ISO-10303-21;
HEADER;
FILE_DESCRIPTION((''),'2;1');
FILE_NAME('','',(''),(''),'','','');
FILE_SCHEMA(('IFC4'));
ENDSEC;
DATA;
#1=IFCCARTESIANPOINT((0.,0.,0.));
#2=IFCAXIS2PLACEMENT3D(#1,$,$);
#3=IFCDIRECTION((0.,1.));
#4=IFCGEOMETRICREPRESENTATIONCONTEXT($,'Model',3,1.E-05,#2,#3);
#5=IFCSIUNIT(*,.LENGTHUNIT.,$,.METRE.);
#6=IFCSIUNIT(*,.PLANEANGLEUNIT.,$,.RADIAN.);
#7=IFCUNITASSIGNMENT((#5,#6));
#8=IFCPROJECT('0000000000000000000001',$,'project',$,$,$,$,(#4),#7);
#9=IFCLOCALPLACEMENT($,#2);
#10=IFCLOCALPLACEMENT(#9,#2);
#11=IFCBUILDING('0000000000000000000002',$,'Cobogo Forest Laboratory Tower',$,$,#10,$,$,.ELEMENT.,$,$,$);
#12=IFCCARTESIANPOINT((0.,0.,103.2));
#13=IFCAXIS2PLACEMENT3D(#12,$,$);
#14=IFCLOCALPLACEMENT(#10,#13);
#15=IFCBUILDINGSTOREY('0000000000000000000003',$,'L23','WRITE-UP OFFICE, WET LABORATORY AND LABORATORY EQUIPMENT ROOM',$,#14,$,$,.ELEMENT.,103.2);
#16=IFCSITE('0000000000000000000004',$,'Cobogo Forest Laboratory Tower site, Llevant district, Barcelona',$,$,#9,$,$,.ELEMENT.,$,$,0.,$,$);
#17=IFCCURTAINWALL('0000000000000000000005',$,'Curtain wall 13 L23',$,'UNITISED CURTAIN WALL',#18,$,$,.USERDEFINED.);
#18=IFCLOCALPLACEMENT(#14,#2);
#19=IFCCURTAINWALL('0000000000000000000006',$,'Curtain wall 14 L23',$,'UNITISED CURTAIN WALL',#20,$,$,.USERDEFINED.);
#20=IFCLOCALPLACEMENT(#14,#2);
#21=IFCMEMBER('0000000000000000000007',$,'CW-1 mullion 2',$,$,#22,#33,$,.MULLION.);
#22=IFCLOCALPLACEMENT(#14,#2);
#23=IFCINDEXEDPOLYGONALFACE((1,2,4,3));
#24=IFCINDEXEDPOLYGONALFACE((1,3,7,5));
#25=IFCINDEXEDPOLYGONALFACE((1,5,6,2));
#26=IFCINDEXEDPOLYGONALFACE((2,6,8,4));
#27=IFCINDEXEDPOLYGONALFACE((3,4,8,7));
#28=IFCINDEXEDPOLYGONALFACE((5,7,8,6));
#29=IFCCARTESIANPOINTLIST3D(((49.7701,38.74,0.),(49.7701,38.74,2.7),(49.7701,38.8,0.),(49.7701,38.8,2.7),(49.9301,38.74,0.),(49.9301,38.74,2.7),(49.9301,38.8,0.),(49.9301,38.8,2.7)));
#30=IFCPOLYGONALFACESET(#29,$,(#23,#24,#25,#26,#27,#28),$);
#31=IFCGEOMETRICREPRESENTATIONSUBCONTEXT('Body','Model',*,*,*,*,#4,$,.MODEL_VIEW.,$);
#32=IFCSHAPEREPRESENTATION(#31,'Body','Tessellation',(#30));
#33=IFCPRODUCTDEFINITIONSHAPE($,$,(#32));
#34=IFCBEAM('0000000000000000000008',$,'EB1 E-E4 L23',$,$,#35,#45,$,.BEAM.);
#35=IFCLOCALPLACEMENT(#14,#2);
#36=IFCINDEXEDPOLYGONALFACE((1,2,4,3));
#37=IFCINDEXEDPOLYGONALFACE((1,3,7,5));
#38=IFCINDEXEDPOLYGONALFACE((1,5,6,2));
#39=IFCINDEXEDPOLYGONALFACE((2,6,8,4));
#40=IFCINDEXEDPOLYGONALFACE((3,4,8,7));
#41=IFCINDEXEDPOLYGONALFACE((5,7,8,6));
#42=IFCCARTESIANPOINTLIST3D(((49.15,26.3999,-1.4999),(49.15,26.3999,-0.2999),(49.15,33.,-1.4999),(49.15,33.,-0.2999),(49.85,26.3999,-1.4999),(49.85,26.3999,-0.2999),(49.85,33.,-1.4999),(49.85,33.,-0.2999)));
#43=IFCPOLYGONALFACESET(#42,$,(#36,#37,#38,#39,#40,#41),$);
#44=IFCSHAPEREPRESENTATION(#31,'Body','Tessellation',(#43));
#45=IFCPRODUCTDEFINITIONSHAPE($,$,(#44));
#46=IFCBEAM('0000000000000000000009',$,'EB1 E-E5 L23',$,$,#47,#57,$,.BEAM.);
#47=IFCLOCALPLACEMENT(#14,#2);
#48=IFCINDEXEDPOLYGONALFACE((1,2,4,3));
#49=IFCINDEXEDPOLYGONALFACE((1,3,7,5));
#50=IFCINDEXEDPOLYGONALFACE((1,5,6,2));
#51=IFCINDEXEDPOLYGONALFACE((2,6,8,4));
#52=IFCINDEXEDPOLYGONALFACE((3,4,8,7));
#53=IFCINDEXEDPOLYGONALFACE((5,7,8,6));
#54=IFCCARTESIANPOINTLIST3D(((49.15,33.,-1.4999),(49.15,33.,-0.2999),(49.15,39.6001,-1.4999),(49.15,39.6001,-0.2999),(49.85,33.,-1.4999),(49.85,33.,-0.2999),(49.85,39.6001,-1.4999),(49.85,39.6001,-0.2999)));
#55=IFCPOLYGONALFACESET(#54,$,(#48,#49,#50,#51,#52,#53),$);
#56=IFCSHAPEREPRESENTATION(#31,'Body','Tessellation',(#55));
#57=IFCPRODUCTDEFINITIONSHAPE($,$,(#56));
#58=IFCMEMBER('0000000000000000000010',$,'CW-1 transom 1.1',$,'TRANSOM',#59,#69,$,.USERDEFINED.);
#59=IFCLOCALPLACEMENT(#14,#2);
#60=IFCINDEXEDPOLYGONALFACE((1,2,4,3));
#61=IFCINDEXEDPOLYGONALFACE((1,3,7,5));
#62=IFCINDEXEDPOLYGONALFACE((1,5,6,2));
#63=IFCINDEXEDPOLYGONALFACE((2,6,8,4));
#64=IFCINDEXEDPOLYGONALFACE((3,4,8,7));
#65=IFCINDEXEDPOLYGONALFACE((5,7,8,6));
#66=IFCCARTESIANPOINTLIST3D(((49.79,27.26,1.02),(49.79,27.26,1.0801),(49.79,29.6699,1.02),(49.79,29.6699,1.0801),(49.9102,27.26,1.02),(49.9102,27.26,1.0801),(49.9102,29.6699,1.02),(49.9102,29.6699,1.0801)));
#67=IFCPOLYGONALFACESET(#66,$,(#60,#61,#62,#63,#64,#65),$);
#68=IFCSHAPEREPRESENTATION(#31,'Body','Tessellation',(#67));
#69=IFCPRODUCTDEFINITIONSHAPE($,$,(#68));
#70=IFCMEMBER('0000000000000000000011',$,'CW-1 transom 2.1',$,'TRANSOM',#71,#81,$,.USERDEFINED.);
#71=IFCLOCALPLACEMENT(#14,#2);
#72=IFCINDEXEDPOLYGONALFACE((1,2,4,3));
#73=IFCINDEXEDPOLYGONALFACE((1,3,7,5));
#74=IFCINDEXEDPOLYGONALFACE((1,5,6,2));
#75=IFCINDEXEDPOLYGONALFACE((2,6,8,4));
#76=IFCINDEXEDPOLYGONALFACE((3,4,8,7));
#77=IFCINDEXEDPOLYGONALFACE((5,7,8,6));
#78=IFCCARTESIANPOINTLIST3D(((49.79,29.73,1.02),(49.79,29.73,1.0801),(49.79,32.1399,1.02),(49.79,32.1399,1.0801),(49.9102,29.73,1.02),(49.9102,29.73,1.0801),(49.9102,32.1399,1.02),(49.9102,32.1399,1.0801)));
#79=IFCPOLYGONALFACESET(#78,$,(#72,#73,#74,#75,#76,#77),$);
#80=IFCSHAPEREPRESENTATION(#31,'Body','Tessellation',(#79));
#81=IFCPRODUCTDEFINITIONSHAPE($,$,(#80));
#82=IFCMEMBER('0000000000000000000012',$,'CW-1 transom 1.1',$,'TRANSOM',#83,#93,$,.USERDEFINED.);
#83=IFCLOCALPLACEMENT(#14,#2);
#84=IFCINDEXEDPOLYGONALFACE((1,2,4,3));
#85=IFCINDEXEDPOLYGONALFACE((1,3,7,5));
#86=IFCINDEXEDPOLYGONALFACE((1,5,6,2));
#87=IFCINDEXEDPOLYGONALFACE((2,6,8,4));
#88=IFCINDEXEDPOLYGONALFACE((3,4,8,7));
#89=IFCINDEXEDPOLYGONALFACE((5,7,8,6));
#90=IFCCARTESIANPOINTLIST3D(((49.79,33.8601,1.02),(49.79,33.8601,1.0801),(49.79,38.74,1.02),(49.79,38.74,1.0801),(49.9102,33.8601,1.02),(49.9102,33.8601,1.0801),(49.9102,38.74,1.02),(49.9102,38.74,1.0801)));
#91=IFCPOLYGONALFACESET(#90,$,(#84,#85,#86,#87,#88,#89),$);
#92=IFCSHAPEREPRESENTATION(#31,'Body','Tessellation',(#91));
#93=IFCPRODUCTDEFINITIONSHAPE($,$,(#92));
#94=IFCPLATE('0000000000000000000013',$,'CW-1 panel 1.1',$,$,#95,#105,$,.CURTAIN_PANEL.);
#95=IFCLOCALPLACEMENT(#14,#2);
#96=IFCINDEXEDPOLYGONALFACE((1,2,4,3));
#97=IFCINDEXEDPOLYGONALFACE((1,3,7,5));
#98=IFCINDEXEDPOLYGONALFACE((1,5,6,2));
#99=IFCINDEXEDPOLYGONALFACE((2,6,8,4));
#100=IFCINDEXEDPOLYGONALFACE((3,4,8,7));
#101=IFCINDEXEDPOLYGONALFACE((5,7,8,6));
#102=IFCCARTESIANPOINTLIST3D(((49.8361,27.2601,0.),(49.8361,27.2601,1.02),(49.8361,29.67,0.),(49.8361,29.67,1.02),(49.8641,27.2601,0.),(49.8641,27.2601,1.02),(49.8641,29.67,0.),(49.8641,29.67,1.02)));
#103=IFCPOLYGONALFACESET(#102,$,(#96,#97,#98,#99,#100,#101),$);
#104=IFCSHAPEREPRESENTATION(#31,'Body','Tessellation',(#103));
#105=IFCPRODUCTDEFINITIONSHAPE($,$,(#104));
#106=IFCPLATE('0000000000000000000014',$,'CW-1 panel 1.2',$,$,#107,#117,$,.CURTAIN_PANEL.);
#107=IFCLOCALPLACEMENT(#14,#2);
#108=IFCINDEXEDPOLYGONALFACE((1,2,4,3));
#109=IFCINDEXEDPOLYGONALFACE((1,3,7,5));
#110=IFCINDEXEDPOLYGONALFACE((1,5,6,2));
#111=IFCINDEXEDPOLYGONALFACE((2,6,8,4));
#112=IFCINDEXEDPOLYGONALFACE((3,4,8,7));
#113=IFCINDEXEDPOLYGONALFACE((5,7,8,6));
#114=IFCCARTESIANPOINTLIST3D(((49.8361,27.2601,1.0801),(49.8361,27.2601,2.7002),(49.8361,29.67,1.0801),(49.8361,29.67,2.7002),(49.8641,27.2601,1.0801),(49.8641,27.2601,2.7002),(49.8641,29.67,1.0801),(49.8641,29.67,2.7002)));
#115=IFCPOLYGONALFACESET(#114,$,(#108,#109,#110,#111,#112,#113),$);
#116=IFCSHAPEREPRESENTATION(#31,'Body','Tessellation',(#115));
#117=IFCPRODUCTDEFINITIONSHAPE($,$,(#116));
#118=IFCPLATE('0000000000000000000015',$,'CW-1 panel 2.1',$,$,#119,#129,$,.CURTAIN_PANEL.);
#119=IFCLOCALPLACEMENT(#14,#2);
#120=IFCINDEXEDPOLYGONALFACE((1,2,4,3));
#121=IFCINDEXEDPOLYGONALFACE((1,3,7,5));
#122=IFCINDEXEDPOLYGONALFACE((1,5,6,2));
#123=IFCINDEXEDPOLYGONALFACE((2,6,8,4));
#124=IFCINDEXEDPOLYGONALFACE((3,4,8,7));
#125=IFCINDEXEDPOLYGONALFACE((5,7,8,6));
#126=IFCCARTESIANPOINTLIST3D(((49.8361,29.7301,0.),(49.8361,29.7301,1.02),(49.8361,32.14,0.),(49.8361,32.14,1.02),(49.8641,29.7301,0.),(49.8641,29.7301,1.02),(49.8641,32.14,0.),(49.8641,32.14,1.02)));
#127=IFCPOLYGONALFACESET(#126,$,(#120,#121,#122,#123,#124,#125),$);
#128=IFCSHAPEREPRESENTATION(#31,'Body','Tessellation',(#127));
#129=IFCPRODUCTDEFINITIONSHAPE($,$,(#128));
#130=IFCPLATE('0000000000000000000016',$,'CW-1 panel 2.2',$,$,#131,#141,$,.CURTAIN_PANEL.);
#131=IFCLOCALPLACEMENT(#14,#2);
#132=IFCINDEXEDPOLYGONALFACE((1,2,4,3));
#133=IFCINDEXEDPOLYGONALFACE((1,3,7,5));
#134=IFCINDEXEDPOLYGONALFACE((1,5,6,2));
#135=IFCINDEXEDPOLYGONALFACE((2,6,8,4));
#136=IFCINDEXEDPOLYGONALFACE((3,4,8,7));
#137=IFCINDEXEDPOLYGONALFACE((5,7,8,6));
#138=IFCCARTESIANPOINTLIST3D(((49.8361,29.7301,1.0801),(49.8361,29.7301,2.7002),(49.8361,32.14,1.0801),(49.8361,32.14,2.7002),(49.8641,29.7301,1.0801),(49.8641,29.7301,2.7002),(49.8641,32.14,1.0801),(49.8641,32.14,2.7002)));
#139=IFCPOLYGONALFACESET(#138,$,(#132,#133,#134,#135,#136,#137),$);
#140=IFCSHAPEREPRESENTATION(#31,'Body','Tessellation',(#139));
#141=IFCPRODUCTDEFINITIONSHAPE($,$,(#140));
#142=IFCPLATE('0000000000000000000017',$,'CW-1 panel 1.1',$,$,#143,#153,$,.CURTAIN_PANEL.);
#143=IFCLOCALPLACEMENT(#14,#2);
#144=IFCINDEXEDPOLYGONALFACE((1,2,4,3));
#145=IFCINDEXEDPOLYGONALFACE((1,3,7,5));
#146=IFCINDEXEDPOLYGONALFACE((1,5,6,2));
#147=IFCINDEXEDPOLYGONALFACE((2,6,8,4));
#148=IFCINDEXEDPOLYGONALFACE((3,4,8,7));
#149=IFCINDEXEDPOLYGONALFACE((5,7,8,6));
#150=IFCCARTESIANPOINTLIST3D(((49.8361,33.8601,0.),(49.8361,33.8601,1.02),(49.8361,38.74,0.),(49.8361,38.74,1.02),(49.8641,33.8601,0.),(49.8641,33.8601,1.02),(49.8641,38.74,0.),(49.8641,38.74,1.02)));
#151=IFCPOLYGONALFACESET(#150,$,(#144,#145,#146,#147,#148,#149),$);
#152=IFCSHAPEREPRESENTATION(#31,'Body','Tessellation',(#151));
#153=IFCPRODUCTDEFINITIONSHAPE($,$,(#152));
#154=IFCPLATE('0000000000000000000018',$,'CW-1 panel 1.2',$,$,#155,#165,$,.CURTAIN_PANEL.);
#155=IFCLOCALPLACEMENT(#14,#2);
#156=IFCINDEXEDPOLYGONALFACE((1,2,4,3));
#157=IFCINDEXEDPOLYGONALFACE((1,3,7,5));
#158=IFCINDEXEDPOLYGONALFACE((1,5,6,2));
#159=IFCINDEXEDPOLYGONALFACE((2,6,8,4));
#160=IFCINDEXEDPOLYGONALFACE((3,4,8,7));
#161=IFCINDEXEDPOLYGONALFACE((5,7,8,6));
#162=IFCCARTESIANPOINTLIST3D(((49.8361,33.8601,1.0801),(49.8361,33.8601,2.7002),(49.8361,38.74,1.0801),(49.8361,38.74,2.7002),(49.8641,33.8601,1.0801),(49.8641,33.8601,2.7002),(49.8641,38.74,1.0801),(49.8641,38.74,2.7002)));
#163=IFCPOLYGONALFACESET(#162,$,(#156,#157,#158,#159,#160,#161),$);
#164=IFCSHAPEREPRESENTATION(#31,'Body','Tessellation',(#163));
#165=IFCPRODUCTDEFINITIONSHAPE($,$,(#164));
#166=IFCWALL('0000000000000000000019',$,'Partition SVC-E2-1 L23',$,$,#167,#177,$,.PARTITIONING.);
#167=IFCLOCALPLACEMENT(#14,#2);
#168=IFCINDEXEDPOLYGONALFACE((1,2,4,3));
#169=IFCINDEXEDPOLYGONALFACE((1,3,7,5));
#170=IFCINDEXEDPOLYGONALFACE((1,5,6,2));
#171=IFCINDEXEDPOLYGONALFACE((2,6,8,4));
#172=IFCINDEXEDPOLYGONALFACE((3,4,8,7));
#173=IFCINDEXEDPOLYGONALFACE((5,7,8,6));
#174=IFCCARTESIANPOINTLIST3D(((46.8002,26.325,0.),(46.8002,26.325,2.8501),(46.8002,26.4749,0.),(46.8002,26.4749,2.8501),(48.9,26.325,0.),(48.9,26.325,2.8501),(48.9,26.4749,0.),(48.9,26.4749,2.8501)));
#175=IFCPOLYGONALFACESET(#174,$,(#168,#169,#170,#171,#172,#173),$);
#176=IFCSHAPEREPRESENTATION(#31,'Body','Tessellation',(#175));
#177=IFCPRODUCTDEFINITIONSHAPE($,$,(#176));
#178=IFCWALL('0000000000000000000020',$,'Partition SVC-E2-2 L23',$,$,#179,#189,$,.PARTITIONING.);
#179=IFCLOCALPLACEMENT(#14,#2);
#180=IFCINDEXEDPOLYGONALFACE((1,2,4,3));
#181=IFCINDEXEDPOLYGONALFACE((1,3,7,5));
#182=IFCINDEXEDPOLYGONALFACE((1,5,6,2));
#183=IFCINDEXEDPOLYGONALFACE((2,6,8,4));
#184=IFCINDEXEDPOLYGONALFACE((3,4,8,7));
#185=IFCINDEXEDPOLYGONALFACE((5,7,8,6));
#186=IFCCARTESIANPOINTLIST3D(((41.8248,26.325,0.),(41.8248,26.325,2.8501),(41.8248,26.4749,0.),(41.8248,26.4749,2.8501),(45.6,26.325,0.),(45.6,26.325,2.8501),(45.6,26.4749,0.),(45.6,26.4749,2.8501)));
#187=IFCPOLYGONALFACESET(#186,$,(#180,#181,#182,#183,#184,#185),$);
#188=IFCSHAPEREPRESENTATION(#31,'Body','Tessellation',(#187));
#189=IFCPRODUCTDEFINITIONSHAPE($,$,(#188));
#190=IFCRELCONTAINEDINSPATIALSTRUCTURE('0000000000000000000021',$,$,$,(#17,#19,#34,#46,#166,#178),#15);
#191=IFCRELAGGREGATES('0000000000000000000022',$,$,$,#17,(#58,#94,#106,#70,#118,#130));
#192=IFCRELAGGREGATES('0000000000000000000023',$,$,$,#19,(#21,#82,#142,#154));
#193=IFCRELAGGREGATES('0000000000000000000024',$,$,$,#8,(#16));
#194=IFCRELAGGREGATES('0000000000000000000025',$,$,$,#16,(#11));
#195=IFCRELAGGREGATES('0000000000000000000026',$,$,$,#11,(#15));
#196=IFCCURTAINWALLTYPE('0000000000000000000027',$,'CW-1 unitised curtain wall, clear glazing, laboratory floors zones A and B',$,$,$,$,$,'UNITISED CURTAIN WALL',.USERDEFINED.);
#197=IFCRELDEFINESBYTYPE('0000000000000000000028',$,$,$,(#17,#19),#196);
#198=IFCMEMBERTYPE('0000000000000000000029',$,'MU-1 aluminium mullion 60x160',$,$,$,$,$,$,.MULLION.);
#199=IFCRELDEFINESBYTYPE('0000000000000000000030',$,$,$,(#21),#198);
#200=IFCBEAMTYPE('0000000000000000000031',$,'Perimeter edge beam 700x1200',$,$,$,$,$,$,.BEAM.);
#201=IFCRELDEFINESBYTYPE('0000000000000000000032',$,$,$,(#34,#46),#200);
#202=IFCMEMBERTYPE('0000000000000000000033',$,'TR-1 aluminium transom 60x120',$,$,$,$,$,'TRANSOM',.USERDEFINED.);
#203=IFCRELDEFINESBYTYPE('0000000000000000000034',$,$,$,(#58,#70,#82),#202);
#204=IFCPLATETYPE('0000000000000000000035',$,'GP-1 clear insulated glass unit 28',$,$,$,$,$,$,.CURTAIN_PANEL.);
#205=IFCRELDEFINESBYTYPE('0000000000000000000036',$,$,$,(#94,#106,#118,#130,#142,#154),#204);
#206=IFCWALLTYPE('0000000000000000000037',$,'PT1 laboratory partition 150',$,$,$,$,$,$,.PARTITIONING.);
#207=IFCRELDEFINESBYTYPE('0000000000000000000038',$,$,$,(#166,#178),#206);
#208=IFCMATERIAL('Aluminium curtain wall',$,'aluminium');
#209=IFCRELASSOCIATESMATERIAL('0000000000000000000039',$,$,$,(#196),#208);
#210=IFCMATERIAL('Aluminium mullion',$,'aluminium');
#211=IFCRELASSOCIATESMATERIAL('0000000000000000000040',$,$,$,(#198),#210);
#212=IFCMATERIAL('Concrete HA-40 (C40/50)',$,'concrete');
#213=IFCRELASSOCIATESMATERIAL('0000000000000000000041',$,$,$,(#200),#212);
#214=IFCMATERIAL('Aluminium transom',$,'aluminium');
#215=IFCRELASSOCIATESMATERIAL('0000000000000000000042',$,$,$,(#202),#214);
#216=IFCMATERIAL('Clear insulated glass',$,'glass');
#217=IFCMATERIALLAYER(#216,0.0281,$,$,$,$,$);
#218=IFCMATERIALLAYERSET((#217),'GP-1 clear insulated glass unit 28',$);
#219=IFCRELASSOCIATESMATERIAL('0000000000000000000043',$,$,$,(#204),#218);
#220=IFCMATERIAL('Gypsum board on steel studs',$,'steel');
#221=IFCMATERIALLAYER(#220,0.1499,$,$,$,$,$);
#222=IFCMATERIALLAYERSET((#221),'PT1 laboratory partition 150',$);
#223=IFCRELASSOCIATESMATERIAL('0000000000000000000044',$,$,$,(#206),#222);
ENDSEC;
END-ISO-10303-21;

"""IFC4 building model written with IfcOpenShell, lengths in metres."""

from ifc_helpers import new_model, si_unit, direction, frame, frame_2d, origin, origin_2d, place, context, subcontext, project, spatial, rectangle, extrude, material, layer, layer_set, material_profile, profile_set, type_object, element, aggregate, save


model = new_model("IFC4")

# Units and contexts
model_context = context("Model", 3, precision=1e-05, world=origin(), true_north=direction((0.0, 1.0)))
body_context = subcontext(model_context, "Body", "Model", "MODEL_VIEW")
ifc_project = project(units=[si_unit("LENGTHUNIT", "METRE"), si_unit("PLANEANGLEUNIT", "RADIAN")], contexts=[model_context])

# Site, building, storey
site_placement = place(None, origin())
site = spatial("IfcSite", under=ifc_project, at=site_placement, Name="Cobogo Forest Laboratory Tower site, Llevant district, Barcelona", CompositionType="ELEMENT", RefElevation=0.0)
building_placement = place(site_placement, origin())
building = spatial("IfcBuilding", under=site, at=building_placement, Name="Cobogo Forest Laboratory Tower", CompositionType="ELEMENT")
storey_placement = place(building_placement, frame((0.0, 0.0, 103.2)))
storey = spatial("IfcBuildingStorey", under=building, at=storey_placement, Name="L23", Description="WRITE-UP OFFICE, WET LABORATORY AND LABORATORY EQUIPMENT ROOM", CompositionType="ELEMENT", Elevation=103.2)

# Shared definitions
ifc_material_1 = material(Name="Concrete HA-40 (C40/50)", Category="concrete")

# Curtain walls, member
ifc_material_2 = material(Name="Aluminium curtain wall", Category="aluminium")
curtain_wall_type = type_object("IfcCurtainWallType", Name="CW-1 unitised curtain wall, clear glazing, laboratory floors zones A and B", ElementType="UNITISED CURTAIN WALL", PredefinedType="USERDEFINED", material=ifc_material_2)
curtain_wall_1_placement = place(storey_placement, origin())
curtain_wall_1 = element("IfcCurtainWall", 1, at=curtain_wall_1_placement, inside=storey, type_object=curtain_wall_type, Name="Curtain wall 13 L23", ObjectType="UNITISED CURTAIN WALL", PredefinedType="USERDEFINED")
ifc_material_3 = material(Name="Aluminium mullion", Category="aluminium")
ifc_material_profile_1 = material_profile(ifc_material_3, rectangle(XDim=0.0601, YDim=0.1599, at=origin_2d()), Name="AL 60x160")
ifc_profile_set_1 = profile_set([ifc_material_profile_1], Name="Aluminium mullion")
member_type_1 = type_object("IfcMemberType", Name="MU-1 aluminium mullion 60x160", PredefinedType="MULLION", material=ifc_profile_set_1)
curtain_wall_2_placement = place(storey_placement, origin())
curtain_wall_2 = element("IfcCurtainWall", 2, at=curtain_wall_2_placement, inside=storey, type_object=curtain_wall_type, Name="Curtain wall 14 L23", ObjectType="UNITISED CURTAIN WALL", PredefinedType="USERDEFINED")
member_1_placement = place(storey_placement, frame((49.8501, 38.77, 0.0), z_axis=(0.0, 0.0, 1.0), x_axis=(0.0, 1.0, 0.0)))
member_1 = element("IfcMember", 3, at=member_1_placement, type_object=member_type_1, Name="CW-1 mullion 2", PredefinedType="MULLION", context=body_context, shape_type="SweptSolid", body=[
    extrude(rectangle(XDim=0.0601, YDim=0.1599, at=origin_2d()), origin(), (0.0, 0.0, 1.0), 2.7),
])

# Beams
ifc_material_profile_2 = material_profile(ifc_material_1, rectangle(XDim=0.7, YDim=1.2, at=origin_2d()), Name="RC 700x1200")
ifc_profile_set_2 = profile_set([ifc_material_profile_2], Name="Concrete HA-40 (C40/50)")
beam_type_1 = type_object("IfcBeamType", Name="Perimeter edge beam 700x1200", PredefinedType="BEAM", material=ifc_profile_set_2)
for number, where, z_axis, x_axis, name in (
    (4, (49.5, 26.3999, -0.8999), (0.0, 1.0, 0.0), (-1.0, 0.0, 0.0), "EB1 E-E4 L23"),
    (5, (49.5, 33.0, -0.8999), (0.0, 1.0, 0.0), (-1.0, 0.0, 0.0), "EB1 E-E5 L23"),
):
    element("IfcBeam", number, at=place(storey_placement, frame(where, z_axis=z_axis, x_axis=x_axis)), inside=storey, type_object=beam_type_1, Name=name, PredefinedType="BEAM", context=body_context, shape_type="SweptSolid", body=[
        extrude(rectangle(XDim=0.7, YDim=1.2, at=origin_2d()), origin(), (0.0, 0.0, 1.0), 6.6001),
    ])

# Members
ifc_material_4 = material(Name="Aluminium transom", Category="aluminium")
ifc_material_profile_3 = material_profile(ifc_material_4, rectangle(XDim=0.1201, YDim=0.0601, at=origin_2d()), Name="AL 60x120")
ifc_profile_set_3 = profile_set([ifc_material_profile_3], Name="Aluminium transom")
member_type_2 = type_object("IfcMemberType", Name="TR-1 aluminium transom 60x120", ElementType="TRANSOM", PredefinedType="USERDEFINED", material=ifc_profile_set_3)
member_2_placement = place(storey_placement, frame((49.8501, 27.26, 1.05), z_axis=(0.0, 1.0, 0.0), x_axis=(-1.0, 0.0, 0.0)))
member_2 = element("IfcMember", 6, at=member_2_placement, type_object=member_type_2, Name="CW-1 transom 1.1", ObjectType="TRANSOM", PredefinedType="USERDEFINED", context=body_context, shape_type="SweptSolid", body=[
    extrude(rectangle(XDim=0.1201, YDim=0.0601, at=origin_2d()), origin(), (0.0, 0.0, 1.0), 2.4099),
])
member_3_placement = place(storey_placement, frame((49.8501, 29.73, 1.05), z_axis=(0.0, 1.0, 0.0), x_axis=(-1.0, 0.0, 0.0)))
member_3 = element("IfcMember", 7, at=member_3_placement, type_object=member_type_2, Name="CW-1 transom 2.1", ObjectType="TRANSOM", PredefinedType="USERDEFINED", context=body_context, shape_type="SweptSolid", body=[
    extrude(rectangle(XDim=0.1201, YDim=0.0601, at=origin_2d()), origin(), (0.0, 0.0, 1.0), 2.4099),
])
member_4_placement = place(storey_placement, frame((49.8501, 33.8601, 1.05), z_axis=(0.0, 1.0, 0.0), x_axis=(-1.0, 0.0, 0.0)))
member_4 = element("IfcMember", 8, at=member_4_placement, type_object=member_type_2, Name="CW-1 transom 1.1", ObjectType="TRANSOM", PredefinedType="USERDEFINED", context=body_context, shape_type="SweptSolid", body=[
    extrude(rectangle(XDim=0.1201, YDim=0.0601, at=origin_2d()), origin(), (0.0, 0.0, 1.0), 4.8799),
])

# Plates
ifc_material_5 = material(Name="Clear insulated glass", Category="glass")
ifc_layer_1 = layer(ifc_material_5, 0.0281)
ifc_layer_set_1 = layer_set([ifc_layer_1], Name="GP-1 clear insulated glass unit 28")
plate_type_1 = type_object("IfcPlateType", Name="GP-1 clear insulated glass unit 28", PredefinedType="CURTAIN_PANEL", material=ifc_layer_set_1)
plate_1_placement = place(storey_placement, frame((49.8501, 28.4651, 0.0), z_axis=(0.0, 0.0, 1.0), x_axis=(0.0, 1.0, 0.0)))
plate_1 = element("IfcPlate", 9, at=plate_1_placement, type_object=plate_type_1, Name="CW-1 panel 1.1", PredefinedType="CURTAIN_PANEL", context=body_context, shape_type="SweptSolid", body=[
    extrude(rectangle(XDim=2.4099, YDim=0.0281, at=origin_2d()), origin(), (0.0, 0.0, 1.0), 1.02),
])
plate_2_placement = place(storey_placement, frame((49.8501, 28.4651, 1.0801), z_axis=(0.0, 0.0, 1.0), x_axis=(0.0, 1.0, 0.0)))
plate_2 = element("IfcPlate", 10, at=plate_2_placement, type_object=plate_type_1, Name="CW-1 panel 1.2", PredefinedType="CURTAIN_PANEL", context=body_context, shape_type="SweptSolid", body=[
    extrude(rectangle(XDim=2.4099, YDim=0.0281, at=origin_2d()), origin(), (0.0, 0.0, 1.0), 1.6201),
])
plate_3_placement = place(storey_placement, frame((49.8501, 30.9351, 0.0), z_axis=(0.0, 0.0, 1.0), x_axis=(0.0, 1.0, 0.0)))
plate_3 = element("IfcPlate", 11, at=plate_3_placement, type_object=plate_type_1, Name="CW-1 panel 2.1", PredefinedType="CURTAIN_PANEL", context=body_context, shape_type="SweptSolid", body=[
    extrude(rectangle(XDim=2.4099, YDim=0.0281, at=origin_2d()), origin(), (0.0, 0.0, 1.0), 1.02),
])
plate_4_placement = place(storey_placement, frame((49.8501, 30.9351, 1.0801), z_axis=(0.0, 0.0, 1.0), x_axis=(0.0, 1.0, 0.0)))
plate_4 = element("IfcPlate", 12, at=plate_4_placement, type_object=plate_type_1, Name="CW-1 panel 2.2", PredefinedType="CURTAIN_PANEL", context=body_context, shape_type="SweptSolid", body=[
    extrude(rectangle(XDim=2.4099, YDim=0.0281, at=origin_2d()), origin(), (0.0, 0.0, 1.0), 1.6201),
])
aggregate(curtain_wall_1, [member_2, plate_1, plate_2, member_3, plate_3, plate_4])
plate_5_placement = place(storey_placement, frame((49.8501, 36.3, 0.0), z_axis=(0.0, 0.0, 1.0), x_axis=(0.0, 1.0, 0.0)))
plate_5 = element("IfcPlate", 13, at=plate_5_placement, type_object=plate_type_1, Name="CW-1 panel 1.1", PredefinedType="CURTAIN_PANEL", context=body_context, shape_type="SweptSolid", body=[
    extrude(rectangle(XDim=4.8799, YDim=0.0281, at=origin_2d()), origin(), (0.0, 0.0, 1.0), 1.02),
])
plate_6_placement = place(storey_placement, frame((49.8501, 36.3, 1.0801), z_axis=(0.0, 0.0, 1.0), x_axis=(0.0, 1.0, 0.0)))
plate_6 = element("IfcPlate", 14, at=plate_6_placement, type_object=plate_type_1, Name="CW-1 panel 1.2", PredefinedType="CURTAIN_PANEL", context=body_context, shape_type="SweptSolid", body=[
    extrude(rectangle(XDim=4.8799, YDim=0.0281, at=origin_2d()), origin(), (0.0, 0.0, 1.0), 1.6201),
])
aggregate(curtain_wall_2, [member_1, member_4, plate_5, plate_6])

# Walls
ifc_material_6 = material(Name="Gypsum board on steel studs", Category="steel")
ifc_layer_2 = layer(ifc_material_6, 0.1499)
ifc_layer_set_2 = layer_set([ifc_layer_2], Name="PT1 laboratory partition 150")
wall_type = type_object("IfcWallType", Name="PT1 laboratory partition 150", PredefinedType="PARTITIONING", material=ifc_layer_set_2)
wall_1_placement = place(storey_placement, frame((48.8999, 26.3999, 0.0), z_axis=(0.0, 0.0, 1.0), x_axis=(-1.0, 0.0, 0.0)))
element("IfcWall", 15, at=wall_1_placement, inside=storey, type_object=wall_type, Name="Partition SVC-E2-1 L23", PredefinedType="PARTITIONING", context=body_context, shape_type="SweptSolid", body=[
    extrude(rectangle(XDim=2.0999, YDim=0.1499, at=frame_2d((1.0498, 0.0))), origin(), (0.0, 0.0, 1.0), 2.8501),
])
wall_2_placement = place(storey_placement, frame((45.6001, 26.3999, 0.0), z_axis=(0.0, 0.0, 1.0), x_axis=(-1.0, 0.0, 0.0)))
element("IfcWall", 16, at=wall_2_placement, inside=storey, type_object=wall_type, Name="Partition SVC-E2-2 L23", PredefinedType="PARTITIONING", context=body_context, shape_type="SweptSolid", body=[
    extrude(rectangle(XDim=3.7751, YDim=0.1499, at=frame_2d((1.8877, 0.0))), origin(), (0.0, 0.0, 1.0), 2.8501),
])

save(model, "model.ifc")
